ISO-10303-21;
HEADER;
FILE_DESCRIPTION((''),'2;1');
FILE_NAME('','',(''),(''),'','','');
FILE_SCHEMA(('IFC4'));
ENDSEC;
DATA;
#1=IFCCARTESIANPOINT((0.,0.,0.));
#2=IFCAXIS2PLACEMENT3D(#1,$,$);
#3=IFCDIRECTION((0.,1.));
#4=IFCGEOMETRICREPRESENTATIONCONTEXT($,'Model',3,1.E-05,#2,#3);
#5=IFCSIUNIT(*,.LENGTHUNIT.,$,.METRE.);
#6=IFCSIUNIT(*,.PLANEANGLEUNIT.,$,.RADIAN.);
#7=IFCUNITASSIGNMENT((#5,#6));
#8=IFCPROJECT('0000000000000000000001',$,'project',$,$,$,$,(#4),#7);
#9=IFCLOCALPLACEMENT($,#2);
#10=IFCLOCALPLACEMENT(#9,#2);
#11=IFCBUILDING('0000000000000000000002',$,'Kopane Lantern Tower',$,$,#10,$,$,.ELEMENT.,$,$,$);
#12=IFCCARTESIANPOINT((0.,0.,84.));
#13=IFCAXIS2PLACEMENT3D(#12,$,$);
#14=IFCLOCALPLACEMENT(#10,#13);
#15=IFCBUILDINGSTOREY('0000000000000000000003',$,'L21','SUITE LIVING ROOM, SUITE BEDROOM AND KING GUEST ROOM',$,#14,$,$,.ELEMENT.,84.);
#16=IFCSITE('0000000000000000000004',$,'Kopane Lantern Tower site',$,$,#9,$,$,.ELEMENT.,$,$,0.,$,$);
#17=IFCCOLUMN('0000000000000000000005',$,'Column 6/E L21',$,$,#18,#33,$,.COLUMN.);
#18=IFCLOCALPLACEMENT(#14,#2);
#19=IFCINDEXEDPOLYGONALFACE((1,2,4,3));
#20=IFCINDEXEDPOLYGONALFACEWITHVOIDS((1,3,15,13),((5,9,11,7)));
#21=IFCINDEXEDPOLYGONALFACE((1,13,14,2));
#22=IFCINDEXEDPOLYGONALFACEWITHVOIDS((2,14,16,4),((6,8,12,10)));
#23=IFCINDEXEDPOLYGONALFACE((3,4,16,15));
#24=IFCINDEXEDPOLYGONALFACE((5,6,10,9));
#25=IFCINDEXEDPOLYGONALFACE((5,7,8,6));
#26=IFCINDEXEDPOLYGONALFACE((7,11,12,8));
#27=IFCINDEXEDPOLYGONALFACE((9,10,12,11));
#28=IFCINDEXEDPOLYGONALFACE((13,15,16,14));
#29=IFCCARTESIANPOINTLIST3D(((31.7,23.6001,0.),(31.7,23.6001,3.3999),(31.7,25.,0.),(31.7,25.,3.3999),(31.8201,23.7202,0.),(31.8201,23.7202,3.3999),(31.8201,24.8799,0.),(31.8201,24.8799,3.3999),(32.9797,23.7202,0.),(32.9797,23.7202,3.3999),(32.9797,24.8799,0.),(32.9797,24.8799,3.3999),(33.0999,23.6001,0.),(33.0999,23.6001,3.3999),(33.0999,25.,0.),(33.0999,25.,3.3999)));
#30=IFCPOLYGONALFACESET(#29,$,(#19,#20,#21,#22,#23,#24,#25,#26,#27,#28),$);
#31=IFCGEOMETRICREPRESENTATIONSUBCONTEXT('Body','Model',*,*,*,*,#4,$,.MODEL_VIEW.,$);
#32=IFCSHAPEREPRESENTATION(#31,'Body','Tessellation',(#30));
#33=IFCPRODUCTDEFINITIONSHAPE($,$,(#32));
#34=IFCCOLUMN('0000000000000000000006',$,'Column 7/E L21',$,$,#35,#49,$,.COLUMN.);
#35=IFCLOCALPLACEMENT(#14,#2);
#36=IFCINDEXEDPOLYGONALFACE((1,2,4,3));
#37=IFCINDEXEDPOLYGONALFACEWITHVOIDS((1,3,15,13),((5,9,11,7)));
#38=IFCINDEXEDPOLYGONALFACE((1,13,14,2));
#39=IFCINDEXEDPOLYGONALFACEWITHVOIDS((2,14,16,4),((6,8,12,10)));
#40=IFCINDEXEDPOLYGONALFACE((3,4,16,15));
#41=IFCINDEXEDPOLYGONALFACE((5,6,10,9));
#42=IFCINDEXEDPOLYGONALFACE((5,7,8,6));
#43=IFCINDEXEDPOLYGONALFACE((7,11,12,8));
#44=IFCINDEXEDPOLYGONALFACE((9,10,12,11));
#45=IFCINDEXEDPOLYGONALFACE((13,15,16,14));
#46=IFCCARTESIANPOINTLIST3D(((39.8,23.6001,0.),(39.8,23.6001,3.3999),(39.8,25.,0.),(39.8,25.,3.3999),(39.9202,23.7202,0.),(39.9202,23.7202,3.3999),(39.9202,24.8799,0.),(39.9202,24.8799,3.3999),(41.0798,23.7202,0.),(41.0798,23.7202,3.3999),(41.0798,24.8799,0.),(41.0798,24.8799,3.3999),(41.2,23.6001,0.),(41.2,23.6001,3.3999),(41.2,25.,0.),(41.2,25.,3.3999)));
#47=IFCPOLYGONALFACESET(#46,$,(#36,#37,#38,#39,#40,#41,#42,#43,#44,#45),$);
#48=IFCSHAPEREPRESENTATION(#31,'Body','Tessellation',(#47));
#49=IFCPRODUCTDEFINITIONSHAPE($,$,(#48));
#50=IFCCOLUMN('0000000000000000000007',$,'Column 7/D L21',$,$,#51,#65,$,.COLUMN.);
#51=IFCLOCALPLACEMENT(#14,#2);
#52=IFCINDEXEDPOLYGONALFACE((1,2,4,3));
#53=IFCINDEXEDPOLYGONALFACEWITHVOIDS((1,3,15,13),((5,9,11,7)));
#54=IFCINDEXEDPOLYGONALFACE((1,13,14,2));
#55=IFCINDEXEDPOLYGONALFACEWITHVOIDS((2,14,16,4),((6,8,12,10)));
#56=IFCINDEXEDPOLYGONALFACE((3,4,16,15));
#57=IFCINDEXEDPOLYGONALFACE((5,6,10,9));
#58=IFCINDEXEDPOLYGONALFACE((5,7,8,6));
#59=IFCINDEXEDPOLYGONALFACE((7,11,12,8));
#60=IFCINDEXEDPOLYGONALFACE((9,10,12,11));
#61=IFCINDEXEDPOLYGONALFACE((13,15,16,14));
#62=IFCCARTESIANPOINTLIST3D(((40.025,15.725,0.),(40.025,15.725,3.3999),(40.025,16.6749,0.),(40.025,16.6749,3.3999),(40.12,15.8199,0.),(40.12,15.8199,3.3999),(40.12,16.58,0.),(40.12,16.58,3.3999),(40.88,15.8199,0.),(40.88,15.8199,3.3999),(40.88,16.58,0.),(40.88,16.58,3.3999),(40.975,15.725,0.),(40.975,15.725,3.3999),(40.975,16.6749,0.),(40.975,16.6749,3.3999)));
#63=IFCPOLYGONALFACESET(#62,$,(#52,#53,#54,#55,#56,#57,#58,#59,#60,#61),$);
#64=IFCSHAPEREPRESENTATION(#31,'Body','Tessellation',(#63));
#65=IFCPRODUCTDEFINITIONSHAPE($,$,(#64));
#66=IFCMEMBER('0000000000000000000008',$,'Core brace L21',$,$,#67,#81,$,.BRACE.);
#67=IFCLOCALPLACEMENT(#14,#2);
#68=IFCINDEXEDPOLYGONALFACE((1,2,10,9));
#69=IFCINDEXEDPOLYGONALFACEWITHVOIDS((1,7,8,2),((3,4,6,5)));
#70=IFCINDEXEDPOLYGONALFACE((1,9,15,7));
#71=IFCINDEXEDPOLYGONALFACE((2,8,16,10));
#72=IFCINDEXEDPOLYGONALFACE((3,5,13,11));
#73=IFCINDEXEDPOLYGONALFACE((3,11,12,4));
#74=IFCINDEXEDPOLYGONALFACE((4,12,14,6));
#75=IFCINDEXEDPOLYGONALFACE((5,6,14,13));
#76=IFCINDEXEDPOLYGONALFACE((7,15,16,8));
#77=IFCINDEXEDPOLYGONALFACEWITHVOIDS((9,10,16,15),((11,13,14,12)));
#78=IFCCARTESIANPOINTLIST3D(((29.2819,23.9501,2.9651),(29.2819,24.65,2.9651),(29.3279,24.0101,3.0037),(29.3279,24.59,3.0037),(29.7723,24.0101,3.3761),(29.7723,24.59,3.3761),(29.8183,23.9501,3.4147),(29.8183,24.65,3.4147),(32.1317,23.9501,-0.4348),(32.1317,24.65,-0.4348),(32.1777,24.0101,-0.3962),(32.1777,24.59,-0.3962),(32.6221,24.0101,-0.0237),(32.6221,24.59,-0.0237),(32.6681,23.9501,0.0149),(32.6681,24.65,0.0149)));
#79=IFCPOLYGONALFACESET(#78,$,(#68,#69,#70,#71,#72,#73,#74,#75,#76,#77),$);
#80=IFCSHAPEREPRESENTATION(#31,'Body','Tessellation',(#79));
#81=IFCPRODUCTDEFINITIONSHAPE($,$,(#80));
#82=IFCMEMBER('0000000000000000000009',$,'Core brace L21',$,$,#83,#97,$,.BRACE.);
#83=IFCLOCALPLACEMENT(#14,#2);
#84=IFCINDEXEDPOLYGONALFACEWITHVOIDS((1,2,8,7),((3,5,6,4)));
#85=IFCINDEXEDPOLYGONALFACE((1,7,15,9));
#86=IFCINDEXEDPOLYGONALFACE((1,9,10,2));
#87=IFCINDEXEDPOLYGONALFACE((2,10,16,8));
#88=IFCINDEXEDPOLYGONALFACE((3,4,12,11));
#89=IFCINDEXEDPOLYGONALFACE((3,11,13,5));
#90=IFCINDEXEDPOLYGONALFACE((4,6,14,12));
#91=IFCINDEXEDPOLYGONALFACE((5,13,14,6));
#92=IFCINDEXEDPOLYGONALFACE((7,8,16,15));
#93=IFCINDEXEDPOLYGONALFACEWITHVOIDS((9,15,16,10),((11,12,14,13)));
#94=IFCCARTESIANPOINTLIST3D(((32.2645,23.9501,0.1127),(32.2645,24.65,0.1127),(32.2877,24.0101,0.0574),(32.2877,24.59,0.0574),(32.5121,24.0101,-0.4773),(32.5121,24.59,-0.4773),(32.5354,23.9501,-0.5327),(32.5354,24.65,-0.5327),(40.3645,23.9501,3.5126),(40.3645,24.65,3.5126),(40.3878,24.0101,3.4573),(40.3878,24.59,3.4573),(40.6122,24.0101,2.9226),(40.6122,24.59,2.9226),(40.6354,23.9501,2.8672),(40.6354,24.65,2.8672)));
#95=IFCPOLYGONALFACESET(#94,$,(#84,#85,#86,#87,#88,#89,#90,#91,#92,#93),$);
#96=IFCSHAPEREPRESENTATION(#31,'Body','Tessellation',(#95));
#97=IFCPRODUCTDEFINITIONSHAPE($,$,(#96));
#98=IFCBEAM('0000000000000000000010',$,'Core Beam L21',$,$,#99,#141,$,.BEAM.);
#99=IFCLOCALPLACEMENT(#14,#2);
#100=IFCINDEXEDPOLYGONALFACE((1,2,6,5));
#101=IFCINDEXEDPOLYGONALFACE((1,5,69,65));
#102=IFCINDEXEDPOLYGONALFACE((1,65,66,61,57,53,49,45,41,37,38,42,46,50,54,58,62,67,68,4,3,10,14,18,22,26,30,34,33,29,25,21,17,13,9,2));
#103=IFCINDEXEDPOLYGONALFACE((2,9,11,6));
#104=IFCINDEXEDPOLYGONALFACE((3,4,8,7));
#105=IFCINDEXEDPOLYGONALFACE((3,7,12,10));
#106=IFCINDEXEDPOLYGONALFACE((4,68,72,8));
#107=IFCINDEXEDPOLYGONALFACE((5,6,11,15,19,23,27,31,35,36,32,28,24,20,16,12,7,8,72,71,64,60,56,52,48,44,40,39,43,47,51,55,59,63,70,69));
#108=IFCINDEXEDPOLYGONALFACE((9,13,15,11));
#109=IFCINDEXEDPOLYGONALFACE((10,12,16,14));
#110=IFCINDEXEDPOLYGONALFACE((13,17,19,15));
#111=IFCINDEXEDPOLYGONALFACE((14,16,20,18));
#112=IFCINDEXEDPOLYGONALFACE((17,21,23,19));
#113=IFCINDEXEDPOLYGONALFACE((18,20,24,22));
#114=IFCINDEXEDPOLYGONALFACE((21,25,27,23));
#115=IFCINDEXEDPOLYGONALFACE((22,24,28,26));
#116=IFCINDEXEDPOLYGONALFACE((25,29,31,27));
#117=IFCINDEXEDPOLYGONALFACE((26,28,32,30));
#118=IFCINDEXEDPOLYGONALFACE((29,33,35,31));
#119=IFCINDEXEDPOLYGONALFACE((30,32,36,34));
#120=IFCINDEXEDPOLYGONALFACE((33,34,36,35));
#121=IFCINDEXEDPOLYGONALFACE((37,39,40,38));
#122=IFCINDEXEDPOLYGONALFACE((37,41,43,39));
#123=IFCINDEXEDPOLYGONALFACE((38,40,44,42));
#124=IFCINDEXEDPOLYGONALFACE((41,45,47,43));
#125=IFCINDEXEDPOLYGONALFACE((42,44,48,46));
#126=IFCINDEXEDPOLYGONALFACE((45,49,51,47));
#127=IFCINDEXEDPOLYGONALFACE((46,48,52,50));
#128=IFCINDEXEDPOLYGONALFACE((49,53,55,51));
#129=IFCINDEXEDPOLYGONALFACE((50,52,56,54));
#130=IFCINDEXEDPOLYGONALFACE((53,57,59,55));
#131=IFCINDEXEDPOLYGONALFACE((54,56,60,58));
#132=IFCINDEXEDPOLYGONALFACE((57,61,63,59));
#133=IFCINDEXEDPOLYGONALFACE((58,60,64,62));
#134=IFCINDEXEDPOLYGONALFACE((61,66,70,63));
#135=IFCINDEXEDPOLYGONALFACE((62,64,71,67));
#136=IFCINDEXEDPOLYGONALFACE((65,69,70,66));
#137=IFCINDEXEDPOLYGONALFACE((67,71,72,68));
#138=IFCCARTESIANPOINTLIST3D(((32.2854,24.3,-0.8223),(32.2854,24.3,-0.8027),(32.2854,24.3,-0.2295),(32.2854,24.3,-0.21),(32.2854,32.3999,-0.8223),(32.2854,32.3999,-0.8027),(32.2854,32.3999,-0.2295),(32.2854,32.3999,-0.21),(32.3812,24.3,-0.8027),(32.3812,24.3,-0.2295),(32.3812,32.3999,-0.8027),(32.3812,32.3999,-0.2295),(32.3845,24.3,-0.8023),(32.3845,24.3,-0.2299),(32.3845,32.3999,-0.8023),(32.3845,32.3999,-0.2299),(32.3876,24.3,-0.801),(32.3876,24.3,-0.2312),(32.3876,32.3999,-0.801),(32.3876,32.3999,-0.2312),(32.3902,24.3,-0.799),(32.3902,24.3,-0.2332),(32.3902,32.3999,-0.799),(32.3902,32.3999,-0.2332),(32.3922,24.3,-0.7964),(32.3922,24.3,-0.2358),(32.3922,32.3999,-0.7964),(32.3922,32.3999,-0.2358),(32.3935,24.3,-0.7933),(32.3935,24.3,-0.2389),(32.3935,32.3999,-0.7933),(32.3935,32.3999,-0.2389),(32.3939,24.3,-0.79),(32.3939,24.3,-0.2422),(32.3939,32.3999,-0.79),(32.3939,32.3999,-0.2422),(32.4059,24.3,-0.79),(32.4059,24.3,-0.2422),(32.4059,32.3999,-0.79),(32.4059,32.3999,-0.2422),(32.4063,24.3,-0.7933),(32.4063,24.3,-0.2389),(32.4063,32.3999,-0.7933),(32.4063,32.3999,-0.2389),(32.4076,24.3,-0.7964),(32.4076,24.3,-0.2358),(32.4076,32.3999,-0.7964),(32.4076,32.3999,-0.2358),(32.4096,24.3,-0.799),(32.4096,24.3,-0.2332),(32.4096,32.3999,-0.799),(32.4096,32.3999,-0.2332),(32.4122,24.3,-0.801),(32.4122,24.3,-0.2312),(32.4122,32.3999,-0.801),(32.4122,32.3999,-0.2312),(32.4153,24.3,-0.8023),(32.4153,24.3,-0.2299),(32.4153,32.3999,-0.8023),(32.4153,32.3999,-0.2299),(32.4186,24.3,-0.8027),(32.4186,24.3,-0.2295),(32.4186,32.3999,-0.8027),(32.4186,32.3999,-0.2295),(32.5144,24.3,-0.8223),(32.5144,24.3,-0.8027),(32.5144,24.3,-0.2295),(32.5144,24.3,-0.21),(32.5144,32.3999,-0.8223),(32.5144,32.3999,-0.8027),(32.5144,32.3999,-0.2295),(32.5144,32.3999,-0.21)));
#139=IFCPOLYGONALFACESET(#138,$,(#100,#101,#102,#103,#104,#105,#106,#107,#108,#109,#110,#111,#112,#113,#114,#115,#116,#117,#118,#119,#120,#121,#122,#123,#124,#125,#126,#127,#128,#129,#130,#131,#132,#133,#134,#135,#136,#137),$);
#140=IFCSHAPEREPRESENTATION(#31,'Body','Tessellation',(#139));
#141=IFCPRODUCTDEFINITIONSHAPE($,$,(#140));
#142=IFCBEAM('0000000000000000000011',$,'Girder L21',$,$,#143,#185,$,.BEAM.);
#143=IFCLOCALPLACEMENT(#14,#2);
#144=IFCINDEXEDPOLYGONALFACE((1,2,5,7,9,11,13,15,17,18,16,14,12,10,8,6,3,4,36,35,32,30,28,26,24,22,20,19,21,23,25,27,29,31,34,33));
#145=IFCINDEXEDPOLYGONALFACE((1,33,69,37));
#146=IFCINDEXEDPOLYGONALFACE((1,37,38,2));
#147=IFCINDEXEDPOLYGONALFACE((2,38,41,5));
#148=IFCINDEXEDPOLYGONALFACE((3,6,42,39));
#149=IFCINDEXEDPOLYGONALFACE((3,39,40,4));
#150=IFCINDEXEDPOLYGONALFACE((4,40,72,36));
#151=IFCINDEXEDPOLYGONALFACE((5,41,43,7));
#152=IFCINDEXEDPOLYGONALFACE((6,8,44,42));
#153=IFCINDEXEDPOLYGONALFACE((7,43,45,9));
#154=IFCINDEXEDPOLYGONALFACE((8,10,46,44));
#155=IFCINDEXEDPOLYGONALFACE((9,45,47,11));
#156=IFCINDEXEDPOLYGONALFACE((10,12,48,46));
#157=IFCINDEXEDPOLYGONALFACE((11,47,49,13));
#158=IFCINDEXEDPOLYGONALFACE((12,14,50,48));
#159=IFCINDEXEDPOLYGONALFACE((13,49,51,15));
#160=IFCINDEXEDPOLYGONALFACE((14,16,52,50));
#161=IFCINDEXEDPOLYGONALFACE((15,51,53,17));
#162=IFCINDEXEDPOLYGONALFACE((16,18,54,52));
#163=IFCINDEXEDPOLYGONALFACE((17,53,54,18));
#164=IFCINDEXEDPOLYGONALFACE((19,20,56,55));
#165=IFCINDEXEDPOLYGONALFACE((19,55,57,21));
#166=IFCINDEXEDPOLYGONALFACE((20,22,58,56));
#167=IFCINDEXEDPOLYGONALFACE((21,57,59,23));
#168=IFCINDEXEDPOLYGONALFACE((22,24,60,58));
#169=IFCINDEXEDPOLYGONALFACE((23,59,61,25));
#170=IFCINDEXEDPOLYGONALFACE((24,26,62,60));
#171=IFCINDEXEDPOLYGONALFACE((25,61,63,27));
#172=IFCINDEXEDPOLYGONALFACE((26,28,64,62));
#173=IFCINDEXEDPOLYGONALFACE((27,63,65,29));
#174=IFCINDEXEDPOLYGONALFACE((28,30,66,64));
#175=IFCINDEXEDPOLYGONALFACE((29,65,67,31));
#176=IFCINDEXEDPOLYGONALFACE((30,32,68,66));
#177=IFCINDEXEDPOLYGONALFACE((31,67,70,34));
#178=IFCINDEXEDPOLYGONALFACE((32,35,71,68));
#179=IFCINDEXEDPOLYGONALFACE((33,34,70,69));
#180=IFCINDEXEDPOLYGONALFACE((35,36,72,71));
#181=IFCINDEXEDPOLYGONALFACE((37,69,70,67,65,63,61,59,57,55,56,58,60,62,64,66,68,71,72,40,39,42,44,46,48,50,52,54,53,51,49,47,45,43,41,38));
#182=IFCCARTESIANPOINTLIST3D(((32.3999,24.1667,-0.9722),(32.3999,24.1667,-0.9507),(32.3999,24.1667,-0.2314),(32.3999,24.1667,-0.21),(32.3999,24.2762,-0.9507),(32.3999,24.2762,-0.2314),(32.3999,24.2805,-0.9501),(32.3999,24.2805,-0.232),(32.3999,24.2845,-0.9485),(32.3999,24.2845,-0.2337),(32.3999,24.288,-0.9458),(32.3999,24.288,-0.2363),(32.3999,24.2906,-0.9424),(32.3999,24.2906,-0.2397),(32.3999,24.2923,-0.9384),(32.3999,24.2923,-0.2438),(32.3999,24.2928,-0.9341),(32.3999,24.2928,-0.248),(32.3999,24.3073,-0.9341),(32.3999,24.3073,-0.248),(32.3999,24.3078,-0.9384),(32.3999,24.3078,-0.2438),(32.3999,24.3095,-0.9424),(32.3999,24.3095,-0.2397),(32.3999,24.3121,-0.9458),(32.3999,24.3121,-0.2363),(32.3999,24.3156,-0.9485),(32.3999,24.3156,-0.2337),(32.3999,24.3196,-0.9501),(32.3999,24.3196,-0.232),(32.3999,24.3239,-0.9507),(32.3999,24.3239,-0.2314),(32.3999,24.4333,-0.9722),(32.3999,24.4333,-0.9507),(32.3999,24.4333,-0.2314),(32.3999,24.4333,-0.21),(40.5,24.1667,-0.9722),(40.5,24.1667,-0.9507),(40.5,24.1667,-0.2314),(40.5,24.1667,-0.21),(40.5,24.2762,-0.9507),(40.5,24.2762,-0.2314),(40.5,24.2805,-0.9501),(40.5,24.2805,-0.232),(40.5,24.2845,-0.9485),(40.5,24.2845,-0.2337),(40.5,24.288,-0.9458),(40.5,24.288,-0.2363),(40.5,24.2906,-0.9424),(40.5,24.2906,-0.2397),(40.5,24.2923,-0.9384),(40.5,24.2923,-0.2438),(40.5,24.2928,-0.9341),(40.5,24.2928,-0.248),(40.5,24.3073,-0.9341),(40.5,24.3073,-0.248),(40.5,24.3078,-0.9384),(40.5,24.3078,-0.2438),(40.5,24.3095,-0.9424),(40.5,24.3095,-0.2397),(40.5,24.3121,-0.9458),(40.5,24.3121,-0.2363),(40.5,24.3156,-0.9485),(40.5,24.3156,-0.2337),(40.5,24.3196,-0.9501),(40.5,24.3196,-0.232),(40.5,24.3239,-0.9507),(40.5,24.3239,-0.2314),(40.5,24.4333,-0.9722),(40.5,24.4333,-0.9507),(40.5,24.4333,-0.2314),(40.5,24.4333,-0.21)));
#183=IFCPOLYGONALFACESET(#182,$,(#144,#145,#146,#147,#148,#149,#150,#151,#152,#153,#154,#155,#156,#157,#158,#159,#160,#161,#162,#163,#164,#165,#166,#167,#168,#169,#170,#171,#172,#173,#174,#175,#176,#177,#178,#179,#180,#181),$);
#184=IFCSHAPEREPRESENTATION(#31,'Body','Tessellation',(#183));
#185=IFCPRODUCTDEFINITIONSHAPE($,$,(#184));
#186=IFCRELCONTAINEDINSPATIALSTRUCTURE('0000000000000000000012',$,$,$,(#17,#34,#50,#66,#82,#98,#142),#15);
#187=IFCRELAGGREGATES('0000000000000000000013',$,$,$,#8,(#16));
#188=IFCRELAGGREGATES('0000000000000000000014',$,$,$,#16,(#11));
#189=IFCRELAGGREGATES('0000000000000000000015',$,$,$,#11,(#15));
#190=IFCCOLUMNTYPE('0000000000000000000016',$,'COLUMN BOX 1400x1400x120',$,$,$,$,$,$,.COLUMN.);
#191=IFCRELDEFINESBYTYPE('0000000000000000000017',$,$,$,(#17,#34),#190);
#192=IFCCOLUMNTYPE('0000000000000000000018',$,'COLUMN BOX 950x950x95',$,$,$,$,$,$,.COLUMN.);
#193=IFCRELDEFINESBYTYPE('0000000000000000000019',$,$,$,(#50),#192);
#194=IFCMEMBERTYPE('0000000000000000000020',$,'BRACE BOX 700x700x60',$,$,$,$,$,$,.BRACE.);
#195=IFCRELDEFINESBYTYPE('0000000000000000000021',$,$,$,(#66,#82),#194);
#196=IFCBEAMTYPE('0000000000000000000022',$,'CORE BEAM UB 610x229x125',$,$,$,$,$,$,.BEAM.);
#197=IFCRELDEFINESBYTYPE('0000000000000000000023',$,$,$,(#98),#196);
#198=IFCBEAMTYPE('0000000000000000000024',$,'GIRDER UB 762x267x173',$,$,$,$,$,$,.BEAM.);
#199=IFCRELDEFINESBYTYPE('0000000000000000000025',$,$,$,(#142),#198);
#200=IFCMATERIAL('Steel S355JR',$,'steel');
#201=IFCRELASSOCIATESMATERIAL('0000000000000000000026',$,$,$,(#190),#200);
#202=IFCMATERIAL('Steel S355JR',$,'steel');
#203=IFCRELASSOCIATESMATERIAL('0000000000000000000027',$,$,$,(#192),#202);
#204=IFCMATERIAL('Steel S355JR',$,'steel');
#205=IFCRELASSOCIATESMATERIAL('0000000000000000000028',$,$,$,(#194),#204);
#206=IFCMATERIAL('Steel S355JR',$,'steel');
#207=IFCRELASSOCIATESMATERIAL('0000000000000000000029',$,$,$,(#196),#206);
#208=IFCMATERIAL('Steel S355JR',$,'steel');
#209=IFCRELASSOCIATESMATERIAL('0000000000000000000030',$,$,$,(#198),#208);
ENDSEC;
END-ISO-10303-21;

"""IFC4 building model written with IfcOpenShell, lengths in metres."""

from ifc_helpers import new_model, si_unit, direction, frame, origin, origin_2d, place, context, subcontext, project, spatial, hollow_rectangle, i_section, extrude, material, material_profile, profile_set, type_object, element, save


model = new_model("IFC4")

# Units and contexts
model_context = context("Model", 3, precision=1e-05, world=origin(), true_north=direction((0.0, 1.0)))
body_context = subcontext(model_context, "Body", "Model", "MODEL_VIEW")
ifc_project = project(units=[si_unit("LENGTHUNIT", "METRE"), si_unit("PLANEANGLEUNIT", "RADIAN")], contexts=[model_context])

# Site, building, storey
site_placement = place(None, origin())
site = spatial("IfcSite", under=ifc_project, at=site_placement, Name="Kopane Lantern Tower site", CompositionType="ELEMENT", RefElevation=0.0)
building_placement = place(site_placement, origin())
building = spatial("IfcBuilding", under=site, at=building_placement, Name="Kopane Lantern Tower", CompositionType="ELEMENT")
storey_placement = place(building_placement, frame((0.0, 0.0, 84.0)))
storey = spatial("IfcBuildingStorey", under=building, at=storey_placement, Name="L21", Description="SUITE LIVING ROOM, SUITE BEDROOM AND KING GUEST ROOM", CompositionType="ELEMENT", Elevation=84.0)

# Columns
ifc_material_1 = material(Name="Steel S355JR", Category="steel")
ifc_material_profile_1 = material_profile(ifc_material_1, hollow_rectangle(XDim=1.3999, YDim=1.3999, WallThickness=0.1201, at=origin_2d()), Name="BOX 1400x1400x120")
ifc_profile_set_1 = profile_set([ifc_material_profile_1], Name="Steel S355JR")
column_type_1 = type_object("IfcColumnType", Name="COLUMN BOX 1400x1400x120", PredefinedType="COLUMN", material=ifc_profile_set_1)
for number, where, z_axis, x_axis, name in (
    (1, (32.3999, 24.3, 0.0), (0.0, 0.0, 1.0), (1.0, 0.0, 0.0), "Column 6/E L21"),
    (2, (40.5, 24.3, 0.0), (0.0, 0.0, 1.0), (1.0, 0.0, 0.0), "Column 7/E L21"),
):
    element("IfcColumn", number, at=place(storey_placement, frame(where, z_axis=z_axis, x_axis=x_axis)), inside=storey, type_object=column_type_1, Name=name, PredefinedType="COLUMN", context=body_context, shape_type="SweptSolid", body=[
        extrude(hollow_rectangle(XDim=1.3999, YDim=1.3999, WallThickness=0.1201, at=origin_2d()), origin(), (0.0, 0.0, 1.0), 3.3999),
    ])
ifc_material_2 = material(Name="Steel S355JR", Category="steel")
ifc_material_profile_2 = material_profile(ifc_material_2, hollow_rectangle(XDim=0.95, YDim=0.95, WallThickness=0.095, at=origin_2d()), Name="BOX 950x950x95")
ifc_profile_set_2 = profile_set([ifc_material_profile_2], Name="Steel S355JR")
column_type_2 = type_object("IfcColumnType", Name="COLUMN BOX 950x950x95", PredefinedType="COLUMN", material=ifc_profile_set_2)
column_placement = place(storey_placement, frame((40.5, 16.2, 0.0), z_axis=(0.0, 0.0, 1.0), x_axis=(1.0, 0.0, 0.0)))
element("IfcColumn", 3, at=column_placement, inside=storey, type_object=column_type_2, Name="Column 7/D L21", PredefinedType="COLUMN", context=body_context, shape_type="SweptSolid", body=[
    extrude(hollow_rectangle(XDim=0.95, YDim=0.95, WallThickness=0.095, at=origin_2d()), origin(), (0.0, 0.0, 1.0), 3.3999),
])

# Members
ifc_material_3 = material(Name="Steel S355JR", Category="steel")
ifc_material_profile_3 = material_profile(ifc_material_3, hollow_rectangle(XDim=0.7, YDim=0.7, WallThickness=0.0601, at=origin_2d()), Name="BOX 700x700x60")
ifc_profile_set_3 = profile_set([ifc_material_profile_3], Name="Steel S355JR")
member_type = type_object("IfcMemberType", Name="BRACE BOX 700x700x60", PredefinedType="BRACE", material=ifc_profile_set_3)
member_1_placement = place(storey_placement, frame((32.3999, 24.3, -0.21), z_axis=(-0.64239, 0.0, 0.766378), x_axis=(0.0, -1.0, 0.0)))
element("IfcMember", 4, at=member_1_placement, inside=storey, type_object=member_type, Name="Core brace L21", PredefinedType="BRACE", context=body_context, shape_type="SweptSolid", body=[
    extrude(hollow_rectangle(XDim=0.7, YDim=0.7, WallThickness=0.0601, at=origin_2d()), origin(), (0.0, 0.0, 1.0), 4.4363),
])
member_2_placement = place(storey_placement, frame((32.3999, 24.3, -0.21), z_axis=(0.922069, 0.0, 0.387026), x_axis=(0.0, 1.0, 0.0)))
element("IfcMember", 5, at=member_2_placement, inside=storey, type_object=member_type, Name="Core brace L21", PredefinedType="BRACE", context=body_context, shape_type="SweptSolid", body=[
    extrude(hollow_rectangle(XDim=0.7, YDim=0.7, WallThickness=0.0601, at=origin_2d()), origin(), (0.0, 0.0, 1.0), 8.7847),
])

# Beams
ifc_material_4 = material(Name="Steel S355JR", Category="steel")
ifc_material_profile_4 = material_profile(ifc_material_4, i_section(OverallWidth=0.229, OverallDepth=0.6123, WebThickness=0.012, FlangeThickness=0.0195, FilletRadius=0.0127, at=origin_2d()), Name="UB 610x229x125")
ifc_profile_set_4 = profile_set([ifc_material_profile_4], Name="Steel S355JR")
beam_type_1 = type_object("IfcBeamType", Name="CORE BEAM UB 610x229x125", PredefinedType="BEAM", material=ifc_profile_set_4)
beam_1_placement = place(storey_placement, frame((32.3999, 24.3, -0.5161), z_axis=(0.0, 1.0, 0.0), x_axis=(-1.0, 0.0, 0.0)))
element("IfcBeam", 6, at=beam_1_placement, inside=storey, type_object=beam_type_1, Name="Core Beam L21", PredefinedType="BEAM", context=body_context, shape_type="SweptSolid", body=[
    extrude(i_section(OverallWidth=0.229, OverallDepth=0.6123, WebThickness=0.012, FlangeThickness=0.0195, FilletRadius=0.0127, at=origin_2d()), origin(), (0.0, 0.0, 1.0), 8.0999),
])
ifc_material_5 = material(Name="Steel S355JR", Category="steel")
ifc_material_profile_5 = material_profile(ifc_material_5, i_section(OverallWidth=0.2666, OverallDepth=0.7622, WebThickness=0.0144, FlangeThickness=0.0215, FilletRadius=0.0166, at=origin_2d()), Name="UB 762x267x173")
ifc_profile_set_5 = profile_set([ifc_material_profile_5], Name="Steel S355JR")
beam_type_2 = type_object("IfcBeamType", Name="GIRDER UB 762x267x173", PredefinedType="BEAM", material=ifc_profile_set_5)
for number, where, z_axis, x_axis, name in (
    (7, (32.3999, 24.3, -0.5911), (1.0, 0.0, 0.0), (0.0, 1.0, 0.0), "Girder L21"),
):
    element("IfcBeam", number, at=place(storey_placement, frame(where, z_axis=z_axis, x_axis=x_axis)), inside=storey, type_object=beam_type_2, Name=name, PredefinedType="BEAM", context=body_context, shape_type="SweptSolid", body=[
        extrude(i_section(OverallWidth=0.2666, OverallDepth=0.7622, WebThickness=0.0144, FlangeThickness=0.0215, FilletRadius=0.0166, at=origin_2d()), origin(), (0.0, 0.0, 1.0), 8.1001),
    ])

save(model, "model.ifc")
